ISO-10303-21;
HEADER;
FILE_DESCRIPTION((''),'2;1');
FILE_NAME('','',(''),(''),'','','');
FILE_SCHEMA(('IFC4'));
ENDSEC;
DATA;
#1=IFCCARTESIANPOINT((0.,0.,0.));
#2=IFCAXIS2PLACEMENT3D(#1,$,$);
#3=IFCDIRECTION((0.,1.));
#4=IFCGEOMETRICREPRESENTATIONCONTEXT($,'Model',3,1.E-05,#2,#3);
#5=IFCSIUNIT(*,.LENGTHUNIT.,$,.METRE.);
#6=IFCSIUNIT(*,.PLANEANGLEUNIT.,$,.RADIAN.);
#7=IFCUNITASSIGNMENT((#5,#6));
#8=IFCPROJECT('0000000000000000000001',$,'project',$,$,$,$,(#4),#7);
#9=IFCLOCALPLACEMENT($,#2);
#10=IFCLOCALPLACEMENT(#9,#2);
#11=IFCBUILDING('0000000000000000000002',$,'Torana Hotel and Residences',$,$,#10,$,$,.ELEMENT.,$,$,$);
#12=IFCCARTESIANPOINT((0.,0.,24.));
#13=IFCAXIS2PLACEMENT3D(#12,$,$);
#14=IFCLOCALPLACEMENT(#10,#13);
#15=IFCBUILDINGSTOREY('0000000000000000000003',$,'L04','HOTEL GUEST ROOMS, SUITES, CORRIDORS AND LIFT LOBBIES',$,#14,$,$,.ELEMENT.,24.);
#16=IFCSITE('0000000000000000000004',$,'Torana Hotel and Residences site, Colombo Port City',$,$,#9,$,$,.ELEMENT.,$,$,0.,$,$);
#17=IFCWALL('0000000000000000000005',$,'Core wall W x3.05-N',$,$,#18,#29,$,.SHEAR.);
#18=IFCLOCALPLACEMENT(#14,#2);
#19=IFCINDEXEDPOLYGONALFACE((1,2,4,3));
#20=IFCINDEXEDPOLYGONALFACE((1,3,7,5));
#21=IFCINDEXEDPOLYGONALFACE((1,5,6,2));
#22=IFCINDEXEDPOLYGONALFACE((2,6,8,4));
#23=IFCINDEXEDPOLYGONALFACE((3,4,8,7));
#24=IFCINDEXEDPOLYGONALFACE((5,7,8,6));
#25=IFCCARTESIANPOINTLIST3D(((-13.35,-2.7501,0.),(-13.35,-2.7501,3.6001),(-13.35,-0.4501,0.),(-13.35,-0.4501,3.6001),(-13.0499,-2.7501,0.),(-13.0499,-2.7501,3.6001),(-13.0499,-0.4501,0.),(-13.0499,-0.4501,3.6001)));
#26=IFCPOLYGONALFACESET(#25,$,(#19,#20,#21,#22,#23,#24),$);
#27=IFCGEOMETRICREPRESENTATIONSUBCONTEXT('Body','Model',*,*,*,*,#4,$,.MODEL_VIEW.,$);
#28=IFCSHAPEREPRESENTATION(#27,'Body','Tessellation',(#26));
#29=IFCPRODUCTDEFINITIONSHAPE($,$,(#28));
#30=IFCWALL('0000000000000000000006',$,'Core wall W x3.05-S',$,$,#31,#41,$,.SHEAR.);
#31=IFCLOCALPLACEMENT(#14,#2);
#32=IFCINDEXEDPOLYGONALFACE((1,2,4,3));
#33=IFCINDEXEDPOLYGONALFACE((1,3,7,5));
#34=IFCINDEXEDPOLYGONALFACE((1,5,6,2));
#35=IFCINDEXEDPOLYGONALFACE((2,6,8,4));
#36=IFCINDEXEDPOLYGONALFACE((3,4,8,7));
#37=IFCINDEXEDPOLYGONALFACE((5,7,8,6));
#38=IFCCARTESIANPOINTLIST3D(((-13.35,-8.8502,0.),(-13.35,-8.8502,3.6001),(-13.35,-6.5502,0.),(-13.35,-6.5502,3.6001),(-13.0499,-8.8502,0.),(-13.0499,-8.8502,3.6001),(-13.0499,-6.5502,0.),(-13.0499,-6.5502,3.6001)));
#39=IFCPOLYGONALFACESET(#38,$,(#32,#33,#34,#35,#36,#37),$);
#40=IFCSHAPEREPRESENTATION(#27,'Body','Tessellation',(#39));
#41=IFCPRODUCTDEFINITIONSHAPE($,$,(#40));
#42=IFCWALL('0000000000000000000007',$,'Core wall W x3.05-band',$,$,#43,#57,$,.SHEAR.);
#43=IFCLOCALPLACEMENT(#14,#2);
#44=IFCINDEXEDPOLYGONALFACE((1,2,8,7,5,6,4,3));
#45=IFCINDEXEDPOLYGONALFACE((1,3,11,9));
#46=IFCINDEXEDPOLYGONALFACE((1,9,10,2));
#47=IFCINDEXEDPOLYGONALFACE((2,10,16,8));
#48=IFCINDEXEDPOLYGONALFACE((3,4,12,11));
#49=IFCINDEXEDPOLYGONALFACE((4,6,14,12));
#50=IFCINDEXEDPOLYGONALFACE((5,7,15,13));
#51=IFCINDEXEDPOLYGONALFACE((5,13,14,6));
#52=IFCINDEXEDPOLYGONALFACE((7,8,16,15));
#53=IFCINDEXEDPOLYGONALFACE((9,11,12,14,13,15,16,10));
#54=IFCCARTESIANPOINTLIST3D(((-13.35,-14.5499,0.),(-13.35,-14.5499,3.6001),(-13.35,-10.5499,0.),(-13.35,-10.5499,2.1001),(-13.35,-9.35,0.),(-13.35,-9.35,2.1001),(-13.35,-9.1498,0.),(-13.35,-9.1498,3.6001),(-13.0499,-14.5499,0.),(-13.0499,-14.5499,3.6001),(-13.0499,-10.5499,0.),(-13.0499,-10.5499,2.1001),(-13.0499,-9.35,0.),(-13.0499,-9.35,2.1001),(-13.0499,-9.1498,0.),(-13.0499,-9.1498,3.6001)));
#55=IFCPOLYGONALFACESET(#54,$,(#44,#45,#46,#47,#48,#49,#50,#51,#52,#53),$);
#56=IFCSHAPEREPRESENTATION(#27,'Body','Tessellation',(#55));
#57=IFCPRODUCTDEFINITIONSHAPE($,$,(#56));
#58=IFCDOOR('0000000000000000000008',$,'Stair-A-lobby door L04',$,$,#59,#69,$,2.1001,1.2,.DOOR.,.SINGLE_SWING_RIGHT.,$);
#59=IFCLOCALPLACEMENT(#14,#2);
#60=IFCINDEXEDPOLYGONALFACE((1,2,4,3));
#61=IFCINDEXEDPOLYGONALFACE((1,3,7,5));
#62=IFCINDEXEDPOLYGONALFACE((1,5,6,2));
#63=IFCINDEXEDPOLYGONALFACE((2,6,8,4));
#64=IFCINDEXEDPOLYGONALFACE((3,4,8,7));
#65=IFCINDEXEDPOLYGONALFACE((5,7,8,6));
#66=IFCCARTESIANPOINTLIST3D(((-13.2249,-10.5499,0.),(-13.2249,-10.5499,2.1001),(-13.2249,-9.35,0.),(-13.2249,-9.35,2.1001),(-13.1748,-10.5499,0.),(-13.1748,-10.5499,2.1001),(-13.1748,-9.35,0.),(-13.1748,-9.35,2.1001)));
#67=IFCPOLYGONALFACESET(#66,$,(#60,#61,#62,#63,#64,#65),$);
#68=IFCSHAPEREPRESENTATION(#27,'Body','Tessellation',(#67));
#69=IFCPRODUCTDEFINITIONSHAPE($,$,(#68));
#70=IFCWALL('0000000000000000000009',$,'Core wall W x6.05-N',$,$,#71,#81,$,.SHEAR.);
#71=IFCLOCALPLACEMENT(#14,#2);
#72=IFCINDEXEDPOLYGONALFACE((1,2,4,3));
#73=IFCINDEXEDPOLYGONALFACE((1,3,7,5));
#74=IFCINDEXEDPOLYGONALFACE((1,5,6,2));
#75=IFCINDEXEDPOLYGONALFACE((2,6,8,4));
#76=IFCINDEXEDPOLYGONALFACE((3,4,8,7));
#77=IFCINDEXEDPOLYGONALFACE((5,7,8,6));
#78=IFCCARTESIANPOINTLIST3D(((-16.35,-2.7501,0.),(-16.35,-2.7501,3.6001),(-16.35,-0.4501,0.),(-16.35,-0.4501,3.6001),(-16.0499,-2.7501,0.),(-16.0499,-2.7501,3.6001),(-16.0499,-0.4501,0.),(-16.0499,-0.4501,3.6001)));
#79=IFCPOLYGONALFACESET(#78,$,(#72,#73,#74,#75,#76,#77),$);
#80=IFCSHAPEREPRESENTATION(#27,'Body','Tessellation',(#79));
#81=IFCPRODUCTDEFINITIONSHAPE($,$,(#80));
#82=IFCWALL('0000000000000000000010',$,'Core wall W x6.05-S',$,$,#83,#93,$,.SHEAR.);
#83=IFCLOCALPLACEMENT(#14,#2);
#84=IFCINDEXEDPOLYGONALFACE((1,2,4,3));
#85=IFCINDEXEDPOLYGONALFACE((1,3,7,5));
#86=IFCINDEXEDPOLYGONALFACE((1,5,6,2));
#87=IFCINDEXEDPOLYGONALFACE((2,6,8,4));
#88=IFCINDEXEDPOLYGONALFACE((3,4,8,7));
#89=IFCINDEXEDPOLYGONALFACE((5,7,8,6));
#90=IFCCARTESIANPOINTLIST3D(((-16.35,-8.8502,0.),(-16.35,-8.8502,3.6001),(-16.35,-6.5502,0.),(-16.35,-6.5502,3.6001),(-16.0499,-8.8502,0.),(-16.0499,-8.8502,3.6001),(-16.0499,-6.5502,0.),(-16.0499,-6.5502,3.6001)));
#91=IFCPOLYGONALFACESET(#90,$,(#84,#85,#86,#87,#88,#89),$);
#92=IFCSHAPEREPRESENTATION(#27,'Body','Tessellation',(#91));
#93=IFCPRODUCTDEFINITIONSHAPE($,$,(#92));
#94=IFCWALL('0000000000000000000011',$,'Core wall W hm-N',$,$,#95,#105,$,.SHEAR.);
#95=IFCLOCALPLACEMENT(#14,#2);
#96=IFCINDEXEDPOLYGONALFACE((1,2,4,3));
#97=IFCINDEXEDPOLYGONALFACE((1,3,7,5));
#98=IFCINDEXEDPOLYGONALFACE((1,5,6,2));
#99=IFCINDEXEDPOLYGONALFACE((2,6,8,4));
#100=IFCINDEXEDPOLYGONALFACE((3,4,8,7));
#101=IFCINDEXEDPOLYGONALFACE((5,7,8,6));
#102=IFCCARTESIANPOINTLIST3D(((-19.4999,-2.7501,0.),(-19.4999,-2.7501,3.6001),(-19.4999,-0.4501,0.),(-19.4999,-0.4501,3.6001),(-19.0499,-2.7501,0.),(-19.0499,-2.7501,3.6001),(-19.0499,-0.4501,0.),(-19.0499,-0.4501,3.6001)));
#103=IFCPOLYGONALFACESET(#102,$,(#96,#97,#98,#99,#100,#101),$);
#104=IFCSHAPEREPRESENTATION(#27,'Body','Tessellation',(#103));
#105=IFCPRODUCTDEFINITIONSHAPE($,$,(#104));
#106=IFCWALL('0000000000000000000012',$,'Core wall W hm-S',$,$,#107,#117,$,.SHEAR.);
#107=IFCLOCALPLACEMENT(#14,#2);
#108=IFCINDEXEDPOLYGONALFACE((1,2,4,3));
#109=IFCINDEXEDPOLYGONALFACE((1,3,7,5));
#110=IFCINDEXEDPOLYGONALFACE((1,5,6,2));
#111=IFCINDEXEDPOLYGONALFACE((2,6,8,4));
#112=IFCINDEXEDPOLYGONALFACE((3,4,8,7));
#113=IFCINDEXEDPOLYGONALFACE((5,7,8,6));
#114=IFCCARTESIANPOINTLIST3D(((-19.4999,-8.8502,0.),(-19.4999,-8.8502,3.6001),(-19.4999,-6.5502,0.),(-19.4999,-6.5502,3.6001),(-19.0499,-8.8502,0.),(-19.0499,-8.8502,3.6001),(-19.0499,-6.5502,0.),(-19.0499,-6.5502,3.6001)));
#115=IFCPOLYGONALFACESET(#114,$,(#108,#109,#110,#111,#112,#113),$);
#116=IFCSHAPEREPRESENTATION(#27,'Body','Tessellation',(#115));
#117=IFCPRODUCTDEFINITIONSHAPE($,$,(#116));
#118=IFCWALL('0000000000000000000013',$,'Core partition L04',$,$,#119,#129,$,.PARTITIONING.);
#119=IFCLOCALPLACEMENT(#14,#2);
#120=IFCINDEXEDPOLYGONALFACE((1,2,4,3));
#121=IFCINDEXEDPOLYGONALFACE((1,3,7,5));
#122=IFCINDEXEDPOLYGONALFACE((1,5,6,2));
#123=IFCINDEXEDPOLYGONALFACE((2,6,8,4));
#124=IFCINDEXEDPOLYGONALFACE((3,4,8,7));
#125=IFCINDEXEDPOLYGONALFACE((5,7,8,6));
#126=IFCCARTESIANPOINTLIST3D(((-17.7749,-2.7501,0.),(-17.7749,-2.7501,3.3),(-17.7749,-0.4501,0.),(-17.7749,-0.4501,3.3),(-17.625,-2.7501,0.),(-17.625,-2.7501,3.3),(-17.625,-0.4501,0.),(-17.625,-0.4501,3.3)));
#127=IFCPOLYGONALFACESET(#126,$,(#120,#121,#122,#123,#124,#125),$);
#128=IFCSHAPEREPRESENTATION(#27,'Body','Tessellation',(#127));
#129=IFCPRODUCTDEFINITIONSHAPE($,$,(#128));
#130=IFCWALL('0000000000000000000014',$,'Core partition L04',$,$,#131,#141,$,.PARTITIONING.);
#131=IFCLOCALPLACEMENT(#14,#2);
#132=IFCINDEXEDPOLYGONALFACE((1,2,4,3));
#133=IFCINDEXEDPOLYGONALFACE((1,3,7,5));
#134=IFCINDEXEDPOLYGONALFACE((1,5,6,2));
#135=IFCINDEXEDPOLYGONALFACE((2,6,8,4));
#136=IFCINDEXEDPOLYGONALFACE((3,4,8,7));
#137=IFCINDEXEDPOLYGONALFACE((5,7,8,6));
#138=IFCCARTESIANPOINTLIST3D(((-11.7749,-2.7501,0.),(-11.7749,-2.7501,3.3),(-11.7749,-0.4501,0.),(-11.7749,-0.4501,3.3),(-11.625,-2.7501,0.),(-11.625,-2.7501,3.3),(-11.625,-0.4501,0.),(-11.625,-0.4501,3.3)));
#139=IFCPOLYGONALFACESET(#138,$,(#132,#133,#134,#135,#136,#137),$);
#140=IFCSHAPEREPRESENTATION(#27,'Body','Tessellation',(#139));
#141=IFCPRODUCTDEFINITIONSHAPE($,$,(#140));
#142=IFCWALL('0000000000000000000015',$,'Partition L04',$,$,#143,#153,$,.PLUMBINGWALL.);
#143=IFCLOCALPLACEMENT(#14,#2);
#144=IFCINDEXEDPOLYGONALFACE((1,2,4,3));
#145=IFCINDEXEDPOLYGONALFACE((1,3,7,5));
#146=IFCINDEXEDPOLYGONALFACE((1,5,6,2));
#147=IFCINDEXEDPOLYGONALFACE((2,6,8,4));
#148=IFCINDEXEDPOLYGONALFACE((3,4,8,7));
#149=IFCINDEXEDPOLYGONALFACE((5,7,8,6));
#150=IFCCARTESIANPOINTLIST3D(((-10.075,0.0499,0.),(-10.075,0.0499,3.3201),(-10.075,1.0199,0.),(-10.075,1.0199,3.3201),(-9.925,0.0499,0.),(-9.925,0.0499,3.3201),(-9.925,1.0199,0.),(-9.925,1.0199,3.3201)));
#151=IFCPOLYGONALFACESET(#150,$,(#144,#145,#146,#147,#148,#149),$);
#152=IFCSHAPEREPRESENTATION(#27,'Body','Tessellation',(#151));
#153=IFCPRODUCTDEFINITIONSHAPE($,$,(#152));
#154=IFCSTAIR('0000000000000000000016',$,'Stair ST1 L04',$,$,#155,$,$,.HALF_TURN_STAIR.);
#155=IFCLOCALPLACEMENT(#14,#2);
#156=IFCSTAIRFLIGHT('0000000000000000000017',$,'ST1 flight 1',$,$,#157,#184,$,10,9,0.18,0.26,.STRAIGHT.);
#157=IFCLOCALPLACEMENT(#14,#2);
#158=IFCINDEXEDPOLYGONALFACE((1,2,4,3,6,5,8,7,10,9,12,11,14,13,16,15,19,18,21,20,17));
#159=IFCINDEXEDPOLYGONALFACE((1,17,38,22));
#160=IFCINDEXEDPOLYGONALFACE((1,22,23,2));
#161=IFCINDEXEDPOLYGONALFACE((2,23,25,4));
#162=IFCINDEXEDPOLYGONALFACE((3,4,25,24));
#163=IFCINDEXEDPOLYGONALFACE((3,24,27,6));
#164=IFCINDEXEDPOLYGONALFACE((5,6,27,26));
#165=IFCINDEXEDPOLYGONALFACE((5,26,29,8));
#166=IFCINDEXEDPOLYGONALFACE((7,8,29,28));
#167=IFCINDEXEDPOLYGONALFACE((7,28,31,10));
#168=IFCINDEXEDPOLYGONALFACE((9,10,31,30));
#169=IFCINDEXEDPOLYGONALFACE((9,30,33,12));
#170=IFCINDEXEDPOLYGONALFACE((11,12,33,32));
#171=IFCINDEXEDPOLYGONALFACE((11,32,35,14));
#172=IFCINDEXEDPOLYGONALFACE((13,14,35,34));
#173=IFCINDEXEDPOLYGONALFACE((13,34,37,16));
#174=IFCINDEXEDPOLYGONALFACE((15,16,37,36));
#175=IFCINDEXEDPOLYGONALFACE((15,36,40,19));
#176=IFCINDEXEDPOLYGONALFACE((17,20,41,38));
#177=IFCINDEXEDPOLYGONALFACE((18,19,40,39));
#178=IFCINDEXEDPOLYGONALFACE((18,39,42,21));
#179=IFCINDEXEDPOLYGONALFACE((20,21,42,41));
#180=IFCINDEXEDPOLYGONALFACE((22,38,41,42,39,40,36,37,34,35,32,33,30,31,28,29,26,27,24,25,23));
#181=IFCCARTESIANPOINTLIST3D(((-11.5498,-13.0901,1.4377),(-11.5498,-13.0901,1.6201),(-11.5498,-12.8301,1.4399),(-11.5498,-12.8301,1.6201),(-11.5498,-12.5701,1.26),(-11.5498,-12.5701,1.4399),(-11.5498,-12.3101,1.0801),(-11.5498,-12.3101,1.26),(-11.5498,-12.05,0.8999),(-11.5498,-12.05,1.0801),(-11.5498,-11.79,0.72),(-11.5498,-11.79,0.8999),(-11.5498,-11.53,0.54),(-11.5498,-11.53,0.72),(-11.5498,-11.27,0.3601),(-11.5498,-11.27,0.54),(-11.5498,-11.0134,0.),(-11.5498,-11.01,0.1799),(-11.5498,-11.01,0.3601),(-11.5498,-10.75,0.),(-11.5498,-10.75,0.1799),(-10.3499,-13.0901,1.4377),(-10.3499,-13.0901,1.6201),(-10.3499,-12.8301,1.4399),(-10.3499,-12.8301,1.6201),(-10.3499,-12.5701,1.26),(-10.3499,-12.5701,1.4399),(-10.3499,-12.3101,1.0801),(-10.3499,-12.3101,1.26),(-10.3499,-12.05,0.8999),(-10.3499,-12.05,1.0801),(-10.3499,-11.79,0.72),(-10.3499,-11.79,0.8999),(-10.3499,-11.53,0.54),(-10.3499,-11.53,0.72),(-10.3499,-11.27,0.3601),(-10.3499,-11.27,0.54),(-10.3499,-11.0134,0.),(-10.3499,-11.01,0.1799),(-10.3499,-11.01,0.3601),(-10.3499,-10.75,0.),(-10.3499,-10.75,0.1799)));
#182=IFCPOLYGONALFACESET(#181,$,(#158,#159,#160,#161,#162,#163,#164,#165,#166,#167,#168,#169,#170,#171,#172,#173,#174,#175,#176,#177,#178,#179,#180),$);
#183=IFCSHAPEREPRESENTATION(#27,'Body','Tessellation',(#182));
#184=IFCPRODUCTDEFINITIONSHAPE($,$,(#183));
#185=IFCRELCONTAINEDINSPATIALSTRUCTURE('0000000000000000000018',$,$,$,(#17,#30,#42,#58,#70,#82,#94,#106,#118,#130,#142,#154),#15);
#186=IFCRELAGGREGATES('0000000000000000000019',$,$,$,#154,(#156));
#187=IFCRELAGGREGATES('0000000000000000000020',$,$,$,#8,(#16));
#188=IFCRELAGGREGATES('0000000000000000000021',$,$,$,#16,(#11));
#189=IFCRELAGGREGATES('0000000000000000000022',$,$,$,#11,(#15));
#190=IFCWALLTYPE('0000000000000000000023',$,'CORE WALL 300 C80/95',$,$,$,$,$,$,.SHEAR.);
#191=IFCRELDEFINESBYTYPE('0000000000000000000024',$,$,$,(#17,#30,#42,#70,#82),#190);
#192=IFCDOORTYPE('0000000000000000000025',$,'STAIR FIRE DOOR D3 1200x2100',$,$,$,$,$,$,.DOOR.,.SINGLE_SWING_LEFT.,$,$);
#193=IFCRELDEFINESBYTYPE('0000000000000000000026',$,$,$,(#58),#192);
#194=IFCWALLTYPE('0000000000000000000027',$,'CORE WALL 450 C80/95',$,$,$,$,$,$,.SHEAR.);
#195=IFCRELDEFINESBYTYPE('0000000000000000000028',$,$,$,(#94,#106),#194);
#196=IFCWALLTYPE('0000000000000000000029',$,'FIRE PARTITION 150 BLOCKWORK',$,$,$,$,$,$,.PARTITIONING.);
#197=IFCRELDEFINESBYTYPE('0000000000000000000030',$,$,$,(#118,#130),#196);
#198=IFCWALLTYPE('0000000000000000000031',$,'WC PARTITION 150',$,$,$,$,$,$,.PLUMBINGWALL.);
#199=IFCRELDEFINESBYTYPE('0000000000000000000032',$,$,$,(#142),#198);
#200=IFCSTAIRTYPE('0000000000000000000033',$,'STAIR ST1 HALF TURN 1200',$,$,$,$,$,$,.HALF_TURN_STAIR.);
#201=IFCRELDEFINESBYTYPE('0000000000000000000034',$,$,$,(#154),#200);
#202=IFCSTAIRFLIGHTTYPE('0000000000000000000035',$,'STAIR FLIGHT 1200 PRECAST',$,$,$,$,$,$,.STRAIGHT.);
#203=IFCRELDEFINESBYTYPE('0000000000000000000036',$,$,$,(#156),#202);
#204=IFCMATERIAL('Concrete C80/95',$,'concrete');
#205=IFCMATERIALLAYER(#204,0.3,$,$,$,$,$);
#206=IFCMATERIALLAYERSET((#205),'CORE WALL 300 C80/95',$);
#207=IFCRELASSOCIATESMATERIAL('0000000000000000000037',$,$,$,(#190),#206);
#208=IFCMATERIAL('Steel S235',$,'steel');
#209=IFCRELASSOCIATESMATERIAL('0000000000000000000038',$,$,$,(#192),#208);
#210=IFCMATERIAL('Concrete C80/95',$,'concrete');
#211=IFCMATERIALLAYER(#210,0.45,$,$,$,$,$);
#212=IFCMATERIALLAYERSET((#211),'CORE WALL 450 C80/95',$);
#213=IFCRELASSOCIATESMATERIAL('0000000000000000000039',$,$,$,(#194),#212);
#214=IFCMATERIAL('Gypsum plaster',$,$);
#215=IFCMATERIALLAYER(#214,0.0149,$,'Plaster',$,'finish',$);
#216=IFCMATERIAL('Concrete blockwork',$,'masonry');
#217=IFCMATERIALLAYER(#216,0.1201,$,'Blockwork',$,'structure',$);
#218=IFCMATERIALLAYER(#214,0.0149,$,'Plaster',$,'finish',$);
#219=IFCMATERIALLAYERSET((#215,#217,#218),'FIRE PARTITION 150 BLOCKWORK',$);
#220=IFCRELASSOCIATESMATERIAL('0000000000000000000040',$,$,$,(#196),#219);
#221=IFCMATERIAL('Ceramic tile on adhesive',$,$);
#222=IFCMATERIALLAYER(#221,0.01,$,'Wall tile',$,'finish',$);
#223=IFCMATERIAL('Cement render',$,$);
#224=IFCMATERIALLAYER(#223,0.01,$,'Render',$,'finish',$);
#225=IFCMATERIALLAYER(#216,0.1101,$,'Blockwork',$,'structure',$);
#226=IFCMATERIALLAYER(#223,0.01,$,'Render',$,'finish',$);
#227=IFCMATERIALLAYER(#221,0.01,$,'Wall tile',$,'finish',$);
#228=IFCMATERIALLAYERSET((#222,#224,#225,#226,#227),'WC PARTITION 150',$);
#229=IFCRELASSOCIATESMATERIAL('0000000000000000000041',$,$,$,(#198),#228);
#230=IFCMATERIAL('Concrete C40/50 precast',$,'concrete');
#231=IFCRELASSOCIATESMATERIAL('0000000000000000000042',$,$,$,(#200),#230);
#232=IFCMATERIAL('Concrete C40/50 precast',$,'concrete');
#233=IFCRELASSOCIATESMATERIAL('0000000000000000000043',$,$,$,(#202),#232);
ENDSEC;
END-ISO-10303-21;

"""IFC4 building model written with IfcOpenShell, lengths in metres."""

from ifc_helpers import new_model, si_unit, direction, frame, frame_2d, origin, place, context, subcontext, project, spatial, polyline, rectangle, outline, extrude, material, layer, layer_set, type_object, element, fill, aggregate, save


model = new_model("IFC4")

# Units and contexts
model_context = context("Model", 3, precision=1e-05, world=origin(), true_north=direction((0.0, 1.0)))
body_context = subcontext(model_context, "Body", "Model", "MODEL_VIEW")
ifc_project = project(units=[si_unit("LENGTHUNIT", "METRE"), si_unit("PLANEANGLEUNIT", "RADIAN")], contexts=[model_context])

# Site, building, storey
site_placement = place(None, origin())
site = spatial("IfcSite", under=ifc_project, at=site_placement, Name="Torana Hotel and Residences site, Colombo Port City", CompositionType="ELEMENT", RefElevation=0.0)
building_placement = place(site_placement, origin())
building = spatial("IfcBuilding", under=site, at=building_placement, Name="Torana Hotel and Residences", CompositionType="ELEMENT")
storey_placement = place(building_placement, frame((0.0, 0.0, 24.0)))
storey = spatial("IfcBuildingStorey", under=building, at=storey_placement, Name="L04", Description="HOTEL GUEST ROOMS, SUITES, CORRIDORS AND LIFT LOBBIES", CompositionType="ELEMENT", Elevation=24.0)

# Walls
ifc_material_1 = material(Name="Concrete C80/95", Category="concrete")
ifc_layer_1 = layer(ifc_material_1, 0.3)
ifc_layer_set_1 = layer_set([ifc_layer_1], Name="CORE WALL 300 C80/95")
wall_type_1 = type_object("IfcWallType", Name="CORE WALL 300 C80/95", PredefinedType="SHEAR", material=ifc_layer_set_1)
for number, where, z_axis, x_axis, name in (
    (1, (-13.2, -2.75, 0.0), (0.0, 0.0, 1.0), (0.0, 1.0, 0.0), "Core wall W x3.05-N"),
    (2, (-13.2, -8.8501, 0.0), (0.0, 0.0, 1.0), (0.0, 1.0, 0.0), "Core wall W x3.05-S"),
):
    element("IfcWall", number, at=place(storey_placement, frame(where, z_axis=z_axis, x_axis=x_axis)), inside=storey, type_object=wall_type_1, Name=name, PredefinedType="SHEAR", context=body_context, shape_type="SweptSolid", body=[
        extrude(rectangle(XDim=2.3, YDim=0.3, at=frame_2d((1.1499, 0.0))), origin(), (0.0, 0.0, 1.0), 3.6001),
    ])

# Wall, opening, door
wall_1_placement = place(storey_placement, frame((-13.2, -14.55, 0.0), z_axis=(0.0, 0.0, 1.0), x_axis=(0.0, 1.0, 0.0)))
wall_1 = element("IfcWall", 3, at=wall_1_placement, inside=storey, type_object=wall_type_1, Name="Core wall W x3.05-band", PredefinedType="SHEAR", context=body_context, shape_type="SweptSolid", body=[
    extrude(rectangle(XDim=5.4001, YDim=0.3, at=frame_2d((2.7002, 0.0))), origin(), (0.0, 0.0, 1.0), 3.6001),
])
opening_1_placement = place(wall_1_placement, frame((4.0, 0.0, 0.0)))
opening_1 = element("IfcOpeningElement", 4, at=opening_1_placement, cuts=wall_1, PredefinedType="OPENING", context=body_context, shape_type="SweptSolid", body=[
    extrude(rectangle(XDim=1.2, YDim=2.1001, at=frame_2d((0.6001, 1.05))), frame((0.0, 0.1599, 0.0), z_axis=(0.0, -1.0, 0.0), x_axis=(1.0, 0.0, 0.0)), (0.0, 0.0, 1.0), 0.3201),
])
ifc_material_2 = material(Name="Steel S235", Category="steel")
door_type_1 = type_object("IfcDoorType", Name="STAIR FIRE DOOR D3 1200x2100", OperationType="SINGLE_SWING_LEFT", PredefinedType="DOOR", material=ifc_material_2)
door_1_placement = place(opening_1_placement, frame((0.6001, 0.0, 0.0), z_axis=(0.0, 0.0, 1.0), x_axis=(-1.0, 0.0, 0.0)))
door_1 = element("IfcDoor", 5, at=door_1_placement, inside=storey, type_object=door_type_1, Name="Stair-A-lobby door L04", OperationType="SINGLE_SWING_RIGHT", OverallHeight=2.1001, OverallWidth=1.2, PredefinedType="DOOR", context=body_context, shape_type="SweptSolid", body=[
    extrude(rectangle(XDim=1.2, YDim=2.1001, at=frame_2d((0.0, 1.05))), frame((0.0, -0.0249, 0.0), z_axis=(0.0, 1.0, 0.0), x_axis=(-1.0, 0.0, 0.0)), (0.0, 0.0, 1.0), 0.05),
])
fill(opening_1, door_1)

# Walls
for number, where, z_axis, x_axis, name in (
    (6, (-16.2, -2.75, 0.0), (0.0, 0.0, 1.0), (0.0, 1.0, 0.0), "Core wall W x6.05-N"),
    (7, (-16.2, -8.8501, 0.0), (0.0, 0.0, 1.0), (0.0, 1.0, 0.0), "Core wall W x6.05-S"),
):
    element("IfcWall", number, at=place(storey_placement, frame(where, z_axis=z_axis, x_axis=x_axis)), inside=storey, type_object=wall_type_1, Name=name, PredefinedType="SHEAR", context=body_context, shape_type="SweptSolid", body=[
        extrude(rectangle(XDim=2.3, YDim=0.3, at=frame_2d((1.1499, 0.0))), origin(), (0.0, 0.0, 1.0), 3.6001),
    ])

# Walls
ifc_material_3 = material(Name="Concrete C80/95", Category="concrete")
ifc_layer_2 = layer(ifc_material_3, 0.45)
ifc_layer_set_2 = layer_set([ifc_layer_2], Name="CORE WALL 450 C80/95")
wall_type_2 = type_object("IfcWallType", Name="CORE WALL 450 C80/95", PredefinedType="SHEAR", material=ifc_layer_set_2)
for number, where, z_axis, x_axis, name in (
    (8, (-19.2749, -2.75, 0.0), (0.0, 0.0, 1.0), (0.0, 1.0, 0.0), "Core wall W hm-N"),
    (9, (-19.2749, -8.8501, 0.0), (0.0, 0.0, 1.0), (0.0, 1.0, 0.0), "Core wall W hm-S"),
):
    element("IfcWall", number, at=place(storey_placement, frame(where, z_axis=z_axis, x_axis=x_axis)), inside=storey, type_object=wall_type_2, Name=name, PredefinedType="SHEAR", context=body_context, shape_type="SweptSolid", body=[
        extrude(rectangle(XDim=2.3, YDim=0.45, at=frame_2d((1.1499, 0.0))), origin(), (0.0, 0.0, 1.0), 3.6001),
    ])
ifc_material_4 = material(Name="Gypsum plaster")
ifc_layer_3 = layer(ifc_material_4, 0.0149, Name="Plaster", Category="finish")
ifc_material_5 = material(Name="Concrete blockwork", Category="masonry")
ifc_layer_4 = layer(ifc_material_5, 0.1201, Name="Blockwork", Category="structure")
ifc_layer_5 = layer(ifc_material_4, 0.0149, Name="Plaster", Category="finish")
ifc_layer_set_3 = layer_set([ifc_layer_3, ifc_layer_4, ifc_layer_5], Name="FIRE PARTITION 150 BLOCKWORK")
wall_type_3 = type_object("IfcWallType", Name="FIRE PARTITION 150 BLOCKWORK", PredefinedType="PARTITIONING", material=ifc_layer_set_3)
for number, where, z_axis, x_axis, name in (
    (10, (-17.7, -2.75, 0.0), (0.0, 0.0, 1.0), (0.0, 1.0, 0.0), "Core partition L04"),
    (11, (-11.7, -2.75, 0.0), (0.0, 0.0, 1.0), (0.0, 1.0, 0.0), "Core partition L04"),
):
    element("IfcWall", number, at=place(storey_placement, frame(where, z_axis=z_axis, x_axis=x_axis)), inside=storey, type_object=wall_type_3, Name=name, PredefinedType="PARTITIONING", context=body_context, shape_type="SweptSolid", body=[
        extrude(rectangle(XDim=2.3, YDim=0.1499, at=frame_2d((1.1499, 0.0))), origin(), (0.0, 0.0, 1.0), 3.3),
    ])
ifc_material_6 = material(Name="Ceramic tile on adhesive")
ifc_layer_6 = layer(ifc_material_6, 0.01, Name="Wall tile", Category="finish")
ifc_material_7 = material(Name="Cement render")
ifc_layer_7 = layer(ifc_material_7, 0.01, Name="Render", Category="finish")
ifc_layer_8 = layer(ifc_material_5, 0.1101, Name="Blockwork", Category="structure")
ifc_layer_9 = layer(ifc_material_7, 0.01, Name="Render", Category="finish")
ifc_layer_10 = layer(ifc_material_6, 0.01, Name="Wall tile", Category="finish")
ifc_layer_set_4 = layer_set([ifc_layer_6, ifc_layer_7, ifc_layer_8, ifc_layer_9, ifc_layer_10], Name="WC PARTITION 150")
wall_type_4 = type_object("IfcWallType", Name="WC PARTITION 150", PredefinedType="PLUMBINGWALL", material=ifc_layer_set_4)
wall_2_placement = place(storey_placement, frame((-10.0, 0.05, 0.0), z_axis=(0.0, 0.0, 1.0), x_axis=(0.0, 1.0, 0.0)))
element("IfcWall", 12, at=wall_2_placement, inside=storey, type_object=wall_type_4, Name="Partition L04", PredefinedType="PLUMBINGWALL", context=body_context, shape_type="SweptSolid", body=[
    extrude(rectangle(XDim=0.97, YDim=0.1499, at=frame_2d((0.4849, 0.0))), origin(), (0.0, 0.0, 1.0), 3.3201),
])

# Stair, stair flight
ifc_material_8 = material(Name="Concrete C40/50 precast", Category="concrete")
stair_type_1 = type_object("IfcStairType", Name="STAIR ST1 HALF TURN 1200", PredefinedType="HALF_TURN_STAIR", material=ifc_material_8)
stair_1_placement = place(storey_placement, origin())
stair_1 = element("IfcStair", 13, at=stair_1_placement, inside=storey, type_object=stair_type_1, Name="Stair ST1 L04", PredefinedType="HALF_TURN_STAIR")
ifc_material_9 = material(Name="Concrete C40/50 precast", Category="concrete")
stair_flight_type = type_object("IfcStairFlightType", Name="STAIR FLIGHT 1200 PRECAST", PredefinedType="STRAIGHT", material=ifc_material_9)
stair_flight_1_placement = place(storey_placement, frame((-10.95, -10.75, 0.0), z_axis=(0.0, 0.0, 1.0), x_axis=(0.0, -1.0, 0.0)))
stair_flight_1 = element("IfcStairFlight", 14, at=stair_flight_1_placement, type_object=stair_flight_type, Name="ST1 flight 1", NumberOfRisers=10, NumberOfTreads=9, PredefinedType="STRAIGHT", RiserHeight=0.18, TreadLength=0.26, context=body_context, shape_type="SweptSolid", body=[
    extrude(outline(polyline([(0.0, 0.0), (0.0, 0.1799), (0.26, 0.1799), (0.26, 0.3601), (0.52, 0.3601), (0.52, 0.54), (0.78, 0.54), (0.78, 0.72), (1.04, 0.72), (1.04, 0.8999), (1.3, 0.8999), (1.3, 1.0801), (1.5601, 1.0801), (1.5601, 1.26), (1.8201, 1.26), (1.8201, 1.4399), (2.0801, 1.4399), (2.0801, 1.6201), (2.3401, 1.6201), (2.3401, 1.8), (2.3401, 1.4377), (0.2634, 0.0), (0.0, 0.0)])), frame((0.0, 0.6001, 0.0), z_axis=(0.0, -1.0, 0.0), x_axis=(1.0, 0.0, 0.0)), (0.0, 0.0, 1.0), 1.2),
])
aggregate(stair_1, [stair_flight_1])

save(model, "model.ifc")
